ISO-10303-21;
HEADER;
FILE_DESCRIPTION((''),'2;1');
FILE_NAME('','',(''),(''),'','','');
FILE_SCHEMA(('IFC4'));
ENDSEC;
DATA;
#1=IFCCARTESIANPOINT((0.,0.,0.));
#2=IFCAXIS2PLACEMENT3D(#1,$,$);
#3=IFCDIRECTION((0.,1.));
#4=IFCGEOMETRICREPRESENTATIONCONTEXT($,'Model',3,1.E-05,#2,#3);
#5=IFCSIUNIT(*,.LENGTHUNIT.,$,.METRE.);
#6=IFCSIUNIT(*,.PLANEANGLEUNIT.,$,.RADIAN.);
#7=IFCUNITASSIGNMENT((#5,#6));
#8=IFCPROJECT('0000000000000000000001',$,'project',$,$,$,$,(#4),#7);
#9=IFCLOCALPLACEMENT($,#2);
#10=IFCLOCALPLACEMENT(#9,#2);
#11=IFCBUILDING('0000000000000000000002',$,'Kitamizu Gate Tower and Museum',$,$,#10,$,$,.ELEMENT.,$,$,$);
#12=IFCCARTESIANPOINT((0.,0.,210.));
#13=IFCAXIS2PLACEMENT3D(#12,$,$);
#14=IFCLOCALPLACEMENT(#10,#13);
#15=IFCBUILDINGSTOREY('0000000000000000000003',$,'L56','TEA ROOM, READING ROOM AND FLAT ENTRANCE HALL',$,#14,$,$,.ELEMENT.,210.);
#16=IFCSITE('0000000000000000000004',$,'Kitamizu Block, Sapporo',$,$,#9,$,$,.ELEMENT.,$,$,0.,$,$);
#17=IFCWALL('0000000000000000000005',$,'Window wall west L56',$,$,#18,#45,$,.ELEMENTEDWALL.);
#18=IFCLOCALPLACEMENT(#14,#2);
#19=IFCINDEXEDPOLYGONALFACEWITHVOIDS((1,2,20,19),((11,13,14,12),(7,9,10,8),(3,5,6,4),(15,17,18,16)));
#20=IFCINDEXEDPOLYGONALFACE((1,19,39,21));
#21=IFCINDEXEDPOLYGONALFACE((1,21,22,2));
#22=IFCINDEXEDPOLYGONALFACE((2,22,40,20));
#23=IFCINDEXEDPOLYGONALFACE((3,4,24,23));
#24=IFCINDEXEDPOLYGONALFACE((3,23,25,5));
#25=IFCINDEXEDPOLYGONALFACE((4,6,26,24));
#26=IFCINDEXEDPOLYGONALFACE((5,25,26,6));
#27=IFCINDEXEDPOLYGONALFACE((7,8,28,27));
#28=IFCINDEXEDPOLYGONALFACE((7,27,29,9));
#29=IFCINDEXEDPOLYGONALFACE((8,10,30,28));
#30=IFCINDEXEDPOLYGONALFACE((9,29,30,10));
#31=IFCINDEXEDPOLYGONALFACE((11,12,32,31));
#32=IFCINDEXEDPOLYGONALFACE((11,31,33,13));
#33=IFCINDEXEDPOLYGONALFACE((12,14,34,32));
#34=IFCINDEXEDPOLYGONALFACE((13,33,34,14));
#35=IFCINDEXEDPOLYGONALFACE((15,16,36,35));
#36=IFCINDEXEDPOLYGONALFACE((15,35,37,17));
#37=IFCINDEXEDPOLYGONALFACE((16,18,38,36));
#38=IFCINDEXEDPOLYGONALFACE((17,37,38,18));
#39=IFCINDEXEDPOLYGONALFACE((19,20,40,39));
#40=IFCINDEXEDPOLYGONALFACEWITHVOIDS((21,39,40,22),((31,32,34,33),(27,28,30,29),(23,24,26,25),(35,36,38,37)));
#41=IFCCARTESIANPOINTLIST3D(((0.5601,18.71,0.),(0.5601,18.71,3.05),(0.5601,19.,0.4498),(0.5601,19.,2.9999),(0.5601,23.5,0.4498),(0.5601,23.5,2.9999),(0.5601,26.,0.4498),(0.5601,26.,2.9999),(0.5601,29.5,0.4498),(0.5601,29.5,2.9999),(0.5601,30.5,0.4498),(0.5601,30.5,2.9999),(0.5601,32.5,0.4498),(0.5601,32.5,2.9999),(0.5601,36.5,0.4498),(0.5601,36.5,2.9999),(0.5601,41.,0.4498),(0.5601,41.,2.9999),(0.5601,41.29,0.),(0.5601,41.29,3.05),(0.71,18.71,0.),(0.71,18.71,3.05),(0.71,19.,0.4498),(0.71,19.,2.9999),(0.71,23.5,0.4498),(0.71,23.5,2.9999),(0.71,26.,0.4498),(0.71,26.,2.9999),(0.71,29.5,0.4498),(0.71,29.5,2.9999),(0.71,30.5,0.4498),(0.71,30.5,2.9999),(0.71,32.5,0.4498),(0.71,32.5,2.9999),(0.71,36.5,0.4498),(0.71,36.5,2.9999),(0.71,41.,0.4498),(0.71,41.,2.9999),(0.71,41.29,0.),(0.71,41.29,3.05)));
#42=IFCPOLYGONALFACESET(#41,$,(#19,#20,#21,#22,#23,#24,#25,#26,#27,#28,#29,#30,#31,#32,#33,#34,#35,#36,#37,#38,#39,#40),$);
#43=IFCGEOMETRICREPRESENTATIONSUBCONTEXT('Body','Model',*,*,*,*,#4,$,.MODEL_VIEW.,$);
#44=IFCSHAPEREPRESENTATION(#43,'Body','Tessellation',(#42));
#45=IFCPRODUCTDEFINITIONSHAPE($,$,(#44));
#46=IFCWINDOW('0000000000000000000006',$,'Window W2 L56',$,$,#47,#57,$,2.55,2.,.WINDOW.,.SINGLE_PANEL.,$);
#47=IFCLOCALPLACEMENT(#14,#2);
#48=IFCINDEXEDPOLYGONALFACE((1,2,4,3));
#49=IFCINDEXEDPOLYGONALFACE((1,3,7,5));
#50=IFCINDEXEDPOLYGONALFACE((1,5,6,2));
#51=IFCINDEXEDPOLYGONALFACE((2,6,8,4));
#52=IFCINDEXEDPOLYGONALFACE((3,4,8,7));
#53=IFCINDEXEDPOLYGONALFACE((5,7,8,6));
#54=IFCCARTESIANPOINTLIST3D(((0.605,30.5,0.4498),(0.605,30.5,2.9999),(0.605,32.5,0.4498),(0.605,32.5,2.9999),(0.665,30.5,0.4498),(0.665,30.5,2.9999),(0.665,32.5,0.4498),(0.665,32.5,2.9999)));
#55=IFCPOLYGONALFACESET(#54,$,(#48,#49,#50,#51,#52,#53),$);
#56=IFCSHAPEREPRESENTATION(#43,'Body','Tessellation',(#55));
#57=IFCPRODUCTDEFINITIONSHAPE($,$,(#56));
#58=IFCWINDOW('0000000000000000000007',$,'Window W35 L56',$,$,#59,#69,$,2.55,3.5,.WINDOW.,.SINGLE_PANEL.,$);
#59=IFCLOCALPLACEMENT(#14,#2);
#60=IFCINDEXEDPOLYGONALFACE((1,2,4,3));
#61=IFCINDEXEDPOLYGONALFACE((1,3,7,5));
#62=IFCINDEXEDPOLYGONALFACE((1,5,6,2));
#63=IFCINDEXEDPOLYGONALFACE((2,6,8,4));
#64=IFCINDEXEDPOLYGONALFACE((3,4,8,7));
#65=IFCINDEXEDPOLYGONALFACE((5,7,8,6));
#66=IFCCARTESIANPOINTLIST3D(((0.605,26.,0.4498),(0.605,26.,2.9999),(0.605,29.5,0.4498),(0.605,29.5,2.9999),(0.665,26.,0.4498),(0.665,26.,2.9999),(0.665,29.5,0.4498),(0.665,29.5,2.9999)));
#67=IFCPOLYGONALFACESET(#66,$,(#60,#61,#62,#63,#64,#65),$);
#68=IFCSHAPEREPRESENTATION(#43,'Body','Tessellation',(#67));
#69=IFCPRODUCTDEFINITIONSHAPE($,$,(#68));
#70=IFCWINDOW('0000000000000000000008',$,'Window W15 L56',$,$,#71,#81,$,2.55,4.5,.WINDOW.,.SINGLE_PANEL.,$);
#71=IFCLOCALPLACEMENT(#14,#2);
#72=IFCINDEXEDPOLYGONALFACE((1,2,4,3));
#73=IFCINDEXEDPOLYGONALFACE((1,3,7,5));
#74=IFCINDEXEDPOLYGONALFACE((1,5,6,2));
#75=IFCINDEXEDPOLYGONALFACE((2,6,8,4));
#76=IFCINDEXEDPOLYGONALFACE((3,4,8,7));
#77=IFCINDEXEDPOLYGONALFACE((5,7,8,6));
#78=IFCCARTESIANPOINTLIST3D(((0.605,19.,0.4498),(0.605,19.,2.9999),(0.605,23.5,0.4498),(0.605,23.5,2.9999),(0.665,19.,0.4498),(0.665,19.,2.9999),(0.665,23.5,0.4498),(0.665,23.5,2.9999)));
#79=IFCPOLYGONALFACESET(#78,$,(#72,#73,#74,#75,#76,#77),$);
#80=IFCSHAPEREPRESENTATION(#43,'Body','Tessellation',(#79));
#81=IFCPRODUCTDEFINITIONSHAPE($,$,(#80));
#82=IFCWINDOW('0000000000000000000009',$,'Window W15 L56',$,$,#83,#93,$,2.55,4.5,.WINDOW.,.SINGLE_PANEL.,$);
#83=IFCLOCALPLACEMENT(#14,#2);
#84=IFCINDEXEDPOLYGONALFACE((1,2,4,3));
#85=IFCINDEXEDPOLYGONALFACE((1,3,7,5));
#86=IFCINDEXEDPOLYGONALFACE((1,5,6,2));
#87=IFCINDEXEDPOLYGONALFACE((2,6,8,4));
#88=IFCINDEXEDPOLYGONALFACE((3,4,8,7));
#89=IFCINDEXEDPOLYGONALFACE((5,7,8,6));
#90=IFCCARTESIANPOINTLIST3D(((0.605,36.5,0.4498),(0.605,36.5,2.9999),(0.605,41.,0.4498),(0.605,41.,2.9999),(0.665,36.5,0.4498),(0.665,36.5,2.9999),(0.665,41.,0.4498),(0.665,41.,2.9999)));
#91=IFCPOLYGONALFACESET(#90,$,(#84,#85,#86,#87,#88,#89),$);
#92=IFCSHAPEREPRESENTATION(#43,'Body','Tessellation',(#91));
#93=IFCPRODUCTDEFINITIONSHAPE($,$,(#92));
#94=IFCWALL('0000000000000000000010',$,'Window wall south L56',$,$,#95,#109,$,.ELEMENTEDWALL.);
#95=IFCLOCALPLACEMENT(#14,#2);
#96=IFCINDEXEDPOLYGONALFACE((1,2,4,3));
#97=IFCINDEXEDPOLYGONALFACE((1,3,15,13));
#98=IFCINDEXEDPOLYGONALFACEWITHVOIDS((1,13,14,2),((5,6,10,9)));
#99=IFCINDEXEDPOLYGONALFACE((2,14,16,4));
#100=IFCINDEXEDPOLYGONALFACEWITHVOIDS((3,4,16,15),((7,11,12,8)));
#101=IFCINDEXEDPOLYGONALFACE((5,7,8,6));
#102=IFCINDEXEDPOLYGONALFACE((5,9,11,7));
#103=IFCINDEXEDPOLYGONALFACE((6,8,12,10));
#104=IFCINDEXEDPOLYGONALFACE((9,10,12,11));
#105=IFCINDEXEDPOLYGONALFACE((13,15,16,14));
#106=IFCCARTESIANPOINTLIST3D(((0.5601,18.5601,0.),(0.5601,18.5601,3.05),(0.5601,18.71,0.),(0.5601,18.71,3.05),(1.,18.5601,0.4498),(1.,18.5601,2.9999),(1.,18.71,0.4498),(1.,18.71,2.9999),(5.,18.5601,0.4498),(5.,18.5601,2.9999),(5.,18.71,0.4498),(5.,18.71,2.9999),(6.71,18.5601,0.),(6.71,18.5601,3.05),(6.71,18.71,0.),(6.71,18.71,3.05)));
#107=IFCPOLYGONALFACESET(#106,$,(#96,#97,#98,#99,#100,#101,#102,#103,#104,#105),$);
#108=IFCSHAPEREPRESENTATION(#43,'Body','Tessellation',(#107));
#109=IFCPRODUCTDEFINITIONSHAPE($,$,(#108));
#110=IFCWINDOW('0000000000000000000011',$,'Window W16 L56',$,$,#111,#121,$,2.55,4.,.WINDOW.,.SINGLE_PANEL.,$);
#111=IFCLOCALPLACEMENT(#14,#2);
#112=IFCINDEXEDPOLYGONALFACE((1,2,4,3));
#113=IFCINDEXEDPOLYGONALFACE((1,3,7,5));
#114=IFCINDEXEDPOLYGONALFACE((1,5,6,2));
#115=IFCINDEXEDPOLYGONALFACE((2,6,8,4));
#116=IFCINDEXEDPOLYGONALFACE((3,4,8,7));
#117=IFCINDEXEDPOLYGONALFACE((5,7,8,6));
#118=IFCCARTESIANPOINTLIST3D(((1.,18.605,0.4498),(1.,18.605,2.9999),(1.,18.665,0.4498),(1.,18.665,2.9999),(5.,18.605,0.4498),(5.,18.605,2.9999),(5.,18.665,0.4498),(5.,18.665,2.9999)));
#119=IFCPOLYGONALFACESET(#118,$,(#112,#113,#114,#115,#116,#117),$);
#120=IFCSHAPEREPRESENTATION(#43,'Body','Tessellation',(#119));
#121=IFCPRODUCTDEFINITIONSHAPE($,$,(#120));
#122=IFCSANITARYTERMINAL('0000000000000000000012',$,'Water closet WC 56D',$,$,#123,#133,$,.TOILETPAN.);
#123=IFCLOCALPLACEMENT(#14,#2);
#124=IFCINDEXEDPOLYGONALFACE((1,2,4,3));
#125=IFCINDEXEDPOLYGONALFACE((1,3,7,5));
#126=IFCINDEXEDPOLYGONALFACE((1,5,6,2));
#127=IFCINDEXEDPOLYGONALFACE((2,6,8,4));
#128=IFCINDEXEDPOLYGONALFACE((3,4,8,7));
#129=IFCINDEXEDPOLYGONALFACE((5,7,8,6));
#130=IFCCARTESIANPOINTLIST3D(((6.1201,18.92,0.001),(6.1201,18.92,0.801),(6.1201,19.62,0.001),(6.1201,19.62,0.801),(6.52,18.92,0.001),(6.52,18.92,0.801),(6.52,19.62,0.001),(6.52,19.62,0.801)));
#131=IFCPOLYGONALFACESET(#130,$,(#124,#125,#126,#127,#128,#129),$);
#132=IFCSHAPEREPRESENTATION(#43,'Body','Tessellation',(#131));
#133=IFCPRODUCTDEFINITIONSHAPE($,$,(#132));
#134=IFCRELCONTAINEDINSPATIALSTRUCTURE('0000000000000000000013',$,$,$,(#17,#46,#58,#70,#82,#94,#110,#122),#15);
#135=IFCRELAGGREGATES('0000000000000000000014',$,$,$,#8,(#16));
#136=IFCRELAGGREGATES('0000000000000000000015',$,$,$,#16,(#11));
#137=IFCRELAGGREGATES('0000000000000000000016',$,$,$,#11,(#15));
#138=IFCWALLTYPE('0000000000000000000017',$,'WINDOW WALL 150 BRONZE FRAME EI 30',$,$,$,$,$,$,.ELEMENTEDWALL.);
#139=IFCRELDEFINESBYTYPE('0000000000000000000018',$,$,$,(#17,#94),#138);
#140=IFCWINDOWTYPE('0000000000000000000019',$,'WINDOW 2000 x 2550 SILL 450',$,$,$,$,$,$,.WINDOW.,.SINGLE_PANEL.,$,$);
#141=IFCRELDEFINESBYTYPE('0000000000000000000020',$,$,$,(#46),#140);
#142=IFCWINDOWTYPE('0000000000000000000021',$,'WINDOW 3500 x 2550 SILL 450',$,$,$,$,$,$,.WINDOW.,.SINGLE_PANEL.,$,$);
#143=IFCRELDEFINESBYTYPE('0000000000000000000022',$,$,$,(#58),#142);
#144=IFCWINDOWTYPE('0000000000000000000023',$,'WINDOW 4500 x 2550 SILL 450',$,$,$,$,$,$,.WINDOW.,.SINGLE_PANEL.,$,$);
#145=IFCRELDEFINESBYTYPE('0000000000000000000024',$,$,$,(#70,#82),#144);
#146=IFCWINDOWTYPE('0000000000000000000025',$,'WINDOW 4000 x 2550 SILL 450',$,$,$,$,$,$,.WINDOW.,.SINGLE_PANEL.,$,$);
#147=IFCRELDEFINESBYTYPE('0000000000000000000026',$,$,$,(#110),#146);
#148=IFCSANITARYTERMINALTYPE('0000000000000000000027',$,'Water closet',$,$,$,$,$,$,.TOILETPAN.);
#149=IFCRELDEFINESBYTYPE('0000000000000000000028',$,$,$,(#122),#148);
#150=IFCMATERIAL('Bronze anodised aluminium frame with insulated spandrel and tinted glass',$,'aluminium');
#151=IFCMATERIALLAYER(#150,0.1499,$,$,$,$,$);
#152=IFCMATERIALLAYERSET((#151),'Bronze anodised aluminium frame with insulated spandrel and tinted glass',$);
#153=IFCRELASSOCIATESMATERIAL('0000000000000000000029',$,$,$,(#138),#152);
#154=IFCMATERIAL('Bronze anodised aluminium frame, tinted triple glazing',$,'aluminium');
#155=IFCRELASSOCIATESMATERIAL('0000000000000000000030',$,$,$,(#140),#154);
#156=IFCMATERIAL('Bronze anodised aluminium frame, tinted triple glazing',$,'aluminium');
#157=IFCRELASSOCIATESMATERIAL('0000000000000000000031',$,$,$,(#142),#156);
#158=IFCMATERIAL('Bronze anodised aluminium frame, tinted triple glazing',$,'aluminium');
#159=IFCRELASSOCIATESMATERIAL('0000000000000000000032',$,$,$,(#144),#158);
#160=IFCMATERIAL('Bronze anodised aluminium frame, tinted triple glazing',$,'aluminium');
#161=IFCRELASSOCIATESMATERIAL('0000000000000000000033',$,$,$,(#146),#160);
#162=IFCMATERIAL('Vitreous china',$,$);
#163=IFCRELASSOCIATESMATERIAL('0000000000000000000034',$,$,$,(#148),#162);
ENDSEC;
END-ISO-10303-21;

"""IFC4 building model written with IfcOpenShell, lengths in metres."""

from ifc_helpers import new_model, si_unit, direction, frame, frame_2d, origin, origin_2d, place, context, subcontext, project, spatial, rectangle, extrude, material, layer, layer_set, type_object, element, fill, save


model = new_model("IFC4")

# Units and contexts
model_context = context("Model", 3, precision=1e-05, world=origin(), true_north=direction((0.0, 1.0)))
body_context = subcontext(model_context, "Body", "Model", "MODEL_VIEW")
ifc_project = project(units=[si_unit("LENGTHUNIT", "METRE"), si_unit("PLANEANGLEUNIT", "RADIAN")], contexts=[model_context])

# Site, building, storey
site_placement = place(None, origin())
site = spatial("IfcSite", under=ifc_project, at=site_placement, Name="Kitamizu Block, Sapporo", CompositionType="ELEMENT", RefElevation=0.0)
building_placement = place(site_placement, origin())
building = spatial("IfcBuilding", under=site, at=building_placement, Name="Kitamizu Gate Tower and Museum", CompositionType="ELEMENT")
storey_placement = place(building_placement, frame((0.0, 0.0, 210.0)))
storey = spatial("IfcBuildingStorey", under=building, at=storey_placement, Name="L56", Description="TEA ROOM, READING ROOM AND FLAT ENTRANCE HALL", CompositionType="ELEMENT", Elevation=210.0)

# Wall, openings, windows
ifc_material_1 = material(Name="Bronze anodised aluminium frame with insulated spandrel and tinted glass", Category="aluminium")
ifc_layer_1 = layer(ifc_material_1, 0.1499)
ifc_layer_set_1 = layer_set([ifc_layer_1], Name="Bronze anodised aluminium frame with insulated spandrel and tinted glass")
wall_type_1 = type_object("IfcWallType", Name="WINDOW WALL 150 BRONZE FRAME EI 30", PredefinedType="ELEMENTEDWALL", material=ifc_layer_set_1)
ifc_material_2 = material(Name="Bronze anodised aluminium frame, tinted triple glazing", Category="aluminium")
window_type_1 = type_object("IfcWindowType", Name="WINDOW 2000 x 2550 SILL 450", PartitioningType="SINGLE_PANEL", PredefinedType="WINDOW", material=ifc_material_2)
ifc_material_3 = material(Name="Bronze anodised aluminium frame, tinted triple glazing", Category="aluminium")
window_type_2 = type_object("IfcWindowType", Name="WINDOW 3500 x 2550 SILL 450", PartitioningType="SINGLE_PANEL", PredefinedType="WINDOW", material=ifc_material_3)
ifc_material_4 = material(Name="Bronze anodised aluminium frame, tinted triple glazing", Category="aluminium")
window_type_3 = type_object("IfcWindowType", Name="WINDOW 4500 x 2550 SILL 450", PartitioningType="SINGLE_PANEL", PredefinedType="WINDOW", material=ifc_material_4)
wall_1_placement = place(storey_placement, frame((0.635, 18.71, 0.0), z_axis=(0.0, 0.0, 1.0), x_axis=(0.0, 1.0, 0.0)))
wall_1 = element("IfcWall", 1, at=wall_1_placement, inside=storey, type_object=wall_type_1, Name="Window wall west L56", PredefinedType="ELEMENTEDWALL", context=body_context, shape_type="SweptSolid", body=[
    extrude(rectangle(XDim=22.5801, YDim=0.1499, at=frame_2d((11.29, 0.0))), origin(), (0.0, 0.0, 1.0), 3.05),
])
opening_1_placement = place(wall_1_placement, frame((0.29, 0.0, 0.45)))
opening_1 = element("IfcOpeningElement", 2, at=opening_1_placement, cuts=wall_1, PredefinedType="OPENING", context=body_context, shape_type="SweptSolid", body=[
    extrude(rectangle(XDim=4.5, YDim=2.55, at=frame_2d((2.25, 1.2749))), frame((0.0, 0.085, 0.0), z_axis=(0.0, -1.0, 0.0), x_axis=(1.0, 0.0, 0.0)), (0.0, 0.0, 1.0), 0.1699),
])
opening_2_placement = place(wall_1_placement, frame((7.29, 0.0, 0.45)))
opening_2 = element("IfcOpeningElement", 3, at=opening_2_placement, cuts=wall_1, PredefinedType="OPENING", context=body_context, shape_type="SweptSolid", body=[
    extrude(rectangle(XDim=3.5, YDim=2.55, at=frame_2d((1.75, 1.2749))), frame((0.0, 0.085, 0.0), z_axis=(0.0, -1.0, 0.0), x_axis=(1.0, 0.0, 0.0)), (0.0, 0.0, 1.0), 0.1699),
])
opening_3_placement = place(wall_1_placement, frame((11.79, 0.0, 0.45)))
opening_3 = element("IfcOpeningElement", 4, at=opening_3_placement, cuts=wall_1, PredefinedType="OPENING", context=body_context, shape_type="SweptSolid", body=[
    extrude(rectangle(XDim=2.0, YDim=2.55, at=frame_2d((1.0, 1.2749))), frame((0.0, 0.085, 0.0), z_axis=(0.0, -1.0, 0.0), x_axis=(1.0, 0.0, 0.0)), (0.0, 0.0, 1.0), 0.1699),
])
opening_4_placement = place(wall_1_placement, frame((17.79, 0.0, 0.45)))
opening_4 = element("IfcOpeningElement", 5, at=opening_4_placement, cuts=wall_1, PredefinedType="OPENING", context=body_context, shape_type="SweptSolid", body=[
    extrude(rectangle(XDim=4.5, YDim=2.55, at=frame_2d((2.25, 1.2749))), frame((0.0, 0.085, 0.0), z_axis=(0.0, -1.0, 0.0), x_axis=(1.0, 0.0, 0.0)), (0.0, 0.0, 1.0), 0.1699),
])
window_1_placement = place(opening_3_placement, origin())
window_1 = element("IfcWindow", 6, at=window_1_placement, inside=storey, type_object=window_type_1, Name="Window W2 L56", OverallHeight=2.55, OverallWidth=2.0, PartitioningType="SINGLE_PANEL", PredefinedType="WINDOW", context=body_context, shape_type="SweptSolid", body=[
    extrude(rectangle(XDim=2.0, YDim=2.55, at=frame_2d((1.0, 1.2749))), frame((0.0, 0.03, 0.0), z_axis=(0.0, -1.0, 0.0), x_axis=(1.0, 0.0, 0.0)), (0.0, 0.0, 1.0), 0.0601),
])
fill(opening_3, window_1)
window_2_placement = place(opening_2_placement, origin())
window_2 = element("IfcWindow", 7, at=window_2_placement, inside=storey, type_object=window_type_2, Name="Window W35 L56", OverallHeight=2.55, OverallWidth=3.5, PartitioningType="SINGLE_PANEL", PredefinedType="WINDOW", context=body_context, shape_type="SweptSolid", body=[
    extrude(rectangle(XDim=3.5, YDim=2.55, at=frame_2d((1.75, 1.2749))), frame((0.0, 0.03, 0.0), z_axis=(0.0, -1.0, 0.0), x_axis=(1.0, 0.0, 0.0)), (0.0, 0.0, 1.0), 0.0601),
])
fill(opening_2, window_2)
window_3_placement = place(opening_1_placement, origin())
window_3 = element("IfcWindow", 8, at=window_3_placement, inside=storey, type_object=window_type_3, Name="Window W15 L56", OverallHeight=2.55, OverallWidth=4.5, PartitioningType="SINGLE_PANEL", PredefinedType="WINDOW", context=body_context, shape_type="SweptSolid", body=[
    extrude(rectangle(XDim=4.5, YDim=2.55, at=frame_2d((2.25, 1.2749))), frame((0.0, 0.03, 0.0), z_axis=(0.0, -1.0, 0.0), x_axis=(1.0, 0.0, 0.0)), (0.0, 0.0, 1.0), 0.0601),
])
fill(opening_1, window_3)
window_4_placement = place(opening_4_placement, origin())
window_4 = element("IfcWindow", 9, at=window_4_placement, inside=storey, type_object=window_type_3, Name="Window W15 L56", OverallHeight=2.55, OverallWidth=4.5, PartitioningType="SINGLE_PANEL", PredefinedType="WINDOW", context=body_context, shape_type="SweptSolid", body=[
    extrude(rectangle(XDim=4.5, YDim=2.55, at=frame_2d((2.25, 1.2749))), frame((0.0, 0.03, 0.0), z_axis=(0.0, -1.0, 0.0), x_axis=(1.0, 0.0, 0.0)), (0.0, 0.0, 1.0), 0.0601),
])
fill(opening_4, window_4)

# Wall, opening, window
wall_2_placement = place(storey_placement, frame((0.5601, 18.635, 0.0), z_axis=(0.0, 0.0, 1.0), x_axis=(1.0, 0.0, 0.0)))
wall_2 = element("IfcWall", 10, at=wall_2_placement, inside=storey, type_object=wall_type_1, Name="Window wall south L56", PredefinedType="ELEMENTEDWALL", context=body_context, shape_type="SweptSolid", body=[
    extrude(rectangle(XDim=6.1499, YDim=0.1499, at=frame_2d((3.075, 0.0))), origin(), (0.0, 0.0, 1.0), 3.05),
])
opening_5_placement = place(wall_2_placement, frame((0.4399, 0.0, 0.45)))
opening_5 = element("IfcOpeningElement", 11, at=opening_5_placement, cuts=wall_2, PredefinedType="OPENING", context=body_context, shape_type="SweptSolid", body=[
    extrude(rectangle(XDim=4.0, YDim=2.55, at=frame_2d((2.0, 1.2749))), frame((0.0, 0.085, 0.0), z_axis=(0.0, -1.0, 0.0), x_axis=(1.0, 0.0, 0.0)), (0.0, 0.0, 1.0), 0.1699),
])
ifc_material_5 = material(Name="Bronze anodised aluminium frame, tinted triple glazing", Category="aluminium")
window_type_4 = type_object("IfcWindowType", Name="WINDOW 4000 x 2550 SILL 450", PartitioningType="SINGLE_PANEL", PredefinedType="WINDOW", material=ifc_material_5)
window_5_placement = place(opening_5_placement, origin())
window_5 = element("IfcWindow", 12, at=window_5_placement, inside=storey, type_object=window_type_4, Name="Window W16 L56", OverallHeight=2.55, OverallWidth=4.0, PartitioningType="SINGLE_PANEL", PredefinedType="WINDOW", context=body_context, shape_type="SweptSolid", body=[
    extrude(rectangle(XDim=4.0, YDim=2.55, at=frame_2d((2.0, 1.2749))), frame((0.0, 0.03, 0.0), z_axis=(0.0, -1.0, 0.0), x_axis=(1.0, 0.0, 0.0)), (0.0, 0.0, 1.0), 0.0601),
])
fill(opening_5, window_5)

# Sanitary terminal
ifc_material_6 = material(Name="Vitreous china")
sanitary_terminal_type = type_object("IfcSanitaryTerminalType", Name="Water closet", PredefinedType="TOILETPAN", material=ifc_material_6)
sanitary_terminal_placement = place(storey_placement, frame((6.3201, 19.27, 0.001), z_axis=(0.0, 0.0, 1.0), x_axis=(1.0, 0.0, 0.0)))
element("IfcSanitaryTerminal", 13, at=sanitary_terminal_placement, inside=storey, type_object=sanitary_terminal_type, Name="Water closet WC 56D", PredefinedType="TOILETPAN", context=body_context, shape_type="SweptSolid", body=[
    extrude(rectangle(XDim=0.3999, YDim=0.7, at=origin_2d()), origin(), (0.0, 0.0, 1.0), 0.8),
])

save(model, "model.ifc")
